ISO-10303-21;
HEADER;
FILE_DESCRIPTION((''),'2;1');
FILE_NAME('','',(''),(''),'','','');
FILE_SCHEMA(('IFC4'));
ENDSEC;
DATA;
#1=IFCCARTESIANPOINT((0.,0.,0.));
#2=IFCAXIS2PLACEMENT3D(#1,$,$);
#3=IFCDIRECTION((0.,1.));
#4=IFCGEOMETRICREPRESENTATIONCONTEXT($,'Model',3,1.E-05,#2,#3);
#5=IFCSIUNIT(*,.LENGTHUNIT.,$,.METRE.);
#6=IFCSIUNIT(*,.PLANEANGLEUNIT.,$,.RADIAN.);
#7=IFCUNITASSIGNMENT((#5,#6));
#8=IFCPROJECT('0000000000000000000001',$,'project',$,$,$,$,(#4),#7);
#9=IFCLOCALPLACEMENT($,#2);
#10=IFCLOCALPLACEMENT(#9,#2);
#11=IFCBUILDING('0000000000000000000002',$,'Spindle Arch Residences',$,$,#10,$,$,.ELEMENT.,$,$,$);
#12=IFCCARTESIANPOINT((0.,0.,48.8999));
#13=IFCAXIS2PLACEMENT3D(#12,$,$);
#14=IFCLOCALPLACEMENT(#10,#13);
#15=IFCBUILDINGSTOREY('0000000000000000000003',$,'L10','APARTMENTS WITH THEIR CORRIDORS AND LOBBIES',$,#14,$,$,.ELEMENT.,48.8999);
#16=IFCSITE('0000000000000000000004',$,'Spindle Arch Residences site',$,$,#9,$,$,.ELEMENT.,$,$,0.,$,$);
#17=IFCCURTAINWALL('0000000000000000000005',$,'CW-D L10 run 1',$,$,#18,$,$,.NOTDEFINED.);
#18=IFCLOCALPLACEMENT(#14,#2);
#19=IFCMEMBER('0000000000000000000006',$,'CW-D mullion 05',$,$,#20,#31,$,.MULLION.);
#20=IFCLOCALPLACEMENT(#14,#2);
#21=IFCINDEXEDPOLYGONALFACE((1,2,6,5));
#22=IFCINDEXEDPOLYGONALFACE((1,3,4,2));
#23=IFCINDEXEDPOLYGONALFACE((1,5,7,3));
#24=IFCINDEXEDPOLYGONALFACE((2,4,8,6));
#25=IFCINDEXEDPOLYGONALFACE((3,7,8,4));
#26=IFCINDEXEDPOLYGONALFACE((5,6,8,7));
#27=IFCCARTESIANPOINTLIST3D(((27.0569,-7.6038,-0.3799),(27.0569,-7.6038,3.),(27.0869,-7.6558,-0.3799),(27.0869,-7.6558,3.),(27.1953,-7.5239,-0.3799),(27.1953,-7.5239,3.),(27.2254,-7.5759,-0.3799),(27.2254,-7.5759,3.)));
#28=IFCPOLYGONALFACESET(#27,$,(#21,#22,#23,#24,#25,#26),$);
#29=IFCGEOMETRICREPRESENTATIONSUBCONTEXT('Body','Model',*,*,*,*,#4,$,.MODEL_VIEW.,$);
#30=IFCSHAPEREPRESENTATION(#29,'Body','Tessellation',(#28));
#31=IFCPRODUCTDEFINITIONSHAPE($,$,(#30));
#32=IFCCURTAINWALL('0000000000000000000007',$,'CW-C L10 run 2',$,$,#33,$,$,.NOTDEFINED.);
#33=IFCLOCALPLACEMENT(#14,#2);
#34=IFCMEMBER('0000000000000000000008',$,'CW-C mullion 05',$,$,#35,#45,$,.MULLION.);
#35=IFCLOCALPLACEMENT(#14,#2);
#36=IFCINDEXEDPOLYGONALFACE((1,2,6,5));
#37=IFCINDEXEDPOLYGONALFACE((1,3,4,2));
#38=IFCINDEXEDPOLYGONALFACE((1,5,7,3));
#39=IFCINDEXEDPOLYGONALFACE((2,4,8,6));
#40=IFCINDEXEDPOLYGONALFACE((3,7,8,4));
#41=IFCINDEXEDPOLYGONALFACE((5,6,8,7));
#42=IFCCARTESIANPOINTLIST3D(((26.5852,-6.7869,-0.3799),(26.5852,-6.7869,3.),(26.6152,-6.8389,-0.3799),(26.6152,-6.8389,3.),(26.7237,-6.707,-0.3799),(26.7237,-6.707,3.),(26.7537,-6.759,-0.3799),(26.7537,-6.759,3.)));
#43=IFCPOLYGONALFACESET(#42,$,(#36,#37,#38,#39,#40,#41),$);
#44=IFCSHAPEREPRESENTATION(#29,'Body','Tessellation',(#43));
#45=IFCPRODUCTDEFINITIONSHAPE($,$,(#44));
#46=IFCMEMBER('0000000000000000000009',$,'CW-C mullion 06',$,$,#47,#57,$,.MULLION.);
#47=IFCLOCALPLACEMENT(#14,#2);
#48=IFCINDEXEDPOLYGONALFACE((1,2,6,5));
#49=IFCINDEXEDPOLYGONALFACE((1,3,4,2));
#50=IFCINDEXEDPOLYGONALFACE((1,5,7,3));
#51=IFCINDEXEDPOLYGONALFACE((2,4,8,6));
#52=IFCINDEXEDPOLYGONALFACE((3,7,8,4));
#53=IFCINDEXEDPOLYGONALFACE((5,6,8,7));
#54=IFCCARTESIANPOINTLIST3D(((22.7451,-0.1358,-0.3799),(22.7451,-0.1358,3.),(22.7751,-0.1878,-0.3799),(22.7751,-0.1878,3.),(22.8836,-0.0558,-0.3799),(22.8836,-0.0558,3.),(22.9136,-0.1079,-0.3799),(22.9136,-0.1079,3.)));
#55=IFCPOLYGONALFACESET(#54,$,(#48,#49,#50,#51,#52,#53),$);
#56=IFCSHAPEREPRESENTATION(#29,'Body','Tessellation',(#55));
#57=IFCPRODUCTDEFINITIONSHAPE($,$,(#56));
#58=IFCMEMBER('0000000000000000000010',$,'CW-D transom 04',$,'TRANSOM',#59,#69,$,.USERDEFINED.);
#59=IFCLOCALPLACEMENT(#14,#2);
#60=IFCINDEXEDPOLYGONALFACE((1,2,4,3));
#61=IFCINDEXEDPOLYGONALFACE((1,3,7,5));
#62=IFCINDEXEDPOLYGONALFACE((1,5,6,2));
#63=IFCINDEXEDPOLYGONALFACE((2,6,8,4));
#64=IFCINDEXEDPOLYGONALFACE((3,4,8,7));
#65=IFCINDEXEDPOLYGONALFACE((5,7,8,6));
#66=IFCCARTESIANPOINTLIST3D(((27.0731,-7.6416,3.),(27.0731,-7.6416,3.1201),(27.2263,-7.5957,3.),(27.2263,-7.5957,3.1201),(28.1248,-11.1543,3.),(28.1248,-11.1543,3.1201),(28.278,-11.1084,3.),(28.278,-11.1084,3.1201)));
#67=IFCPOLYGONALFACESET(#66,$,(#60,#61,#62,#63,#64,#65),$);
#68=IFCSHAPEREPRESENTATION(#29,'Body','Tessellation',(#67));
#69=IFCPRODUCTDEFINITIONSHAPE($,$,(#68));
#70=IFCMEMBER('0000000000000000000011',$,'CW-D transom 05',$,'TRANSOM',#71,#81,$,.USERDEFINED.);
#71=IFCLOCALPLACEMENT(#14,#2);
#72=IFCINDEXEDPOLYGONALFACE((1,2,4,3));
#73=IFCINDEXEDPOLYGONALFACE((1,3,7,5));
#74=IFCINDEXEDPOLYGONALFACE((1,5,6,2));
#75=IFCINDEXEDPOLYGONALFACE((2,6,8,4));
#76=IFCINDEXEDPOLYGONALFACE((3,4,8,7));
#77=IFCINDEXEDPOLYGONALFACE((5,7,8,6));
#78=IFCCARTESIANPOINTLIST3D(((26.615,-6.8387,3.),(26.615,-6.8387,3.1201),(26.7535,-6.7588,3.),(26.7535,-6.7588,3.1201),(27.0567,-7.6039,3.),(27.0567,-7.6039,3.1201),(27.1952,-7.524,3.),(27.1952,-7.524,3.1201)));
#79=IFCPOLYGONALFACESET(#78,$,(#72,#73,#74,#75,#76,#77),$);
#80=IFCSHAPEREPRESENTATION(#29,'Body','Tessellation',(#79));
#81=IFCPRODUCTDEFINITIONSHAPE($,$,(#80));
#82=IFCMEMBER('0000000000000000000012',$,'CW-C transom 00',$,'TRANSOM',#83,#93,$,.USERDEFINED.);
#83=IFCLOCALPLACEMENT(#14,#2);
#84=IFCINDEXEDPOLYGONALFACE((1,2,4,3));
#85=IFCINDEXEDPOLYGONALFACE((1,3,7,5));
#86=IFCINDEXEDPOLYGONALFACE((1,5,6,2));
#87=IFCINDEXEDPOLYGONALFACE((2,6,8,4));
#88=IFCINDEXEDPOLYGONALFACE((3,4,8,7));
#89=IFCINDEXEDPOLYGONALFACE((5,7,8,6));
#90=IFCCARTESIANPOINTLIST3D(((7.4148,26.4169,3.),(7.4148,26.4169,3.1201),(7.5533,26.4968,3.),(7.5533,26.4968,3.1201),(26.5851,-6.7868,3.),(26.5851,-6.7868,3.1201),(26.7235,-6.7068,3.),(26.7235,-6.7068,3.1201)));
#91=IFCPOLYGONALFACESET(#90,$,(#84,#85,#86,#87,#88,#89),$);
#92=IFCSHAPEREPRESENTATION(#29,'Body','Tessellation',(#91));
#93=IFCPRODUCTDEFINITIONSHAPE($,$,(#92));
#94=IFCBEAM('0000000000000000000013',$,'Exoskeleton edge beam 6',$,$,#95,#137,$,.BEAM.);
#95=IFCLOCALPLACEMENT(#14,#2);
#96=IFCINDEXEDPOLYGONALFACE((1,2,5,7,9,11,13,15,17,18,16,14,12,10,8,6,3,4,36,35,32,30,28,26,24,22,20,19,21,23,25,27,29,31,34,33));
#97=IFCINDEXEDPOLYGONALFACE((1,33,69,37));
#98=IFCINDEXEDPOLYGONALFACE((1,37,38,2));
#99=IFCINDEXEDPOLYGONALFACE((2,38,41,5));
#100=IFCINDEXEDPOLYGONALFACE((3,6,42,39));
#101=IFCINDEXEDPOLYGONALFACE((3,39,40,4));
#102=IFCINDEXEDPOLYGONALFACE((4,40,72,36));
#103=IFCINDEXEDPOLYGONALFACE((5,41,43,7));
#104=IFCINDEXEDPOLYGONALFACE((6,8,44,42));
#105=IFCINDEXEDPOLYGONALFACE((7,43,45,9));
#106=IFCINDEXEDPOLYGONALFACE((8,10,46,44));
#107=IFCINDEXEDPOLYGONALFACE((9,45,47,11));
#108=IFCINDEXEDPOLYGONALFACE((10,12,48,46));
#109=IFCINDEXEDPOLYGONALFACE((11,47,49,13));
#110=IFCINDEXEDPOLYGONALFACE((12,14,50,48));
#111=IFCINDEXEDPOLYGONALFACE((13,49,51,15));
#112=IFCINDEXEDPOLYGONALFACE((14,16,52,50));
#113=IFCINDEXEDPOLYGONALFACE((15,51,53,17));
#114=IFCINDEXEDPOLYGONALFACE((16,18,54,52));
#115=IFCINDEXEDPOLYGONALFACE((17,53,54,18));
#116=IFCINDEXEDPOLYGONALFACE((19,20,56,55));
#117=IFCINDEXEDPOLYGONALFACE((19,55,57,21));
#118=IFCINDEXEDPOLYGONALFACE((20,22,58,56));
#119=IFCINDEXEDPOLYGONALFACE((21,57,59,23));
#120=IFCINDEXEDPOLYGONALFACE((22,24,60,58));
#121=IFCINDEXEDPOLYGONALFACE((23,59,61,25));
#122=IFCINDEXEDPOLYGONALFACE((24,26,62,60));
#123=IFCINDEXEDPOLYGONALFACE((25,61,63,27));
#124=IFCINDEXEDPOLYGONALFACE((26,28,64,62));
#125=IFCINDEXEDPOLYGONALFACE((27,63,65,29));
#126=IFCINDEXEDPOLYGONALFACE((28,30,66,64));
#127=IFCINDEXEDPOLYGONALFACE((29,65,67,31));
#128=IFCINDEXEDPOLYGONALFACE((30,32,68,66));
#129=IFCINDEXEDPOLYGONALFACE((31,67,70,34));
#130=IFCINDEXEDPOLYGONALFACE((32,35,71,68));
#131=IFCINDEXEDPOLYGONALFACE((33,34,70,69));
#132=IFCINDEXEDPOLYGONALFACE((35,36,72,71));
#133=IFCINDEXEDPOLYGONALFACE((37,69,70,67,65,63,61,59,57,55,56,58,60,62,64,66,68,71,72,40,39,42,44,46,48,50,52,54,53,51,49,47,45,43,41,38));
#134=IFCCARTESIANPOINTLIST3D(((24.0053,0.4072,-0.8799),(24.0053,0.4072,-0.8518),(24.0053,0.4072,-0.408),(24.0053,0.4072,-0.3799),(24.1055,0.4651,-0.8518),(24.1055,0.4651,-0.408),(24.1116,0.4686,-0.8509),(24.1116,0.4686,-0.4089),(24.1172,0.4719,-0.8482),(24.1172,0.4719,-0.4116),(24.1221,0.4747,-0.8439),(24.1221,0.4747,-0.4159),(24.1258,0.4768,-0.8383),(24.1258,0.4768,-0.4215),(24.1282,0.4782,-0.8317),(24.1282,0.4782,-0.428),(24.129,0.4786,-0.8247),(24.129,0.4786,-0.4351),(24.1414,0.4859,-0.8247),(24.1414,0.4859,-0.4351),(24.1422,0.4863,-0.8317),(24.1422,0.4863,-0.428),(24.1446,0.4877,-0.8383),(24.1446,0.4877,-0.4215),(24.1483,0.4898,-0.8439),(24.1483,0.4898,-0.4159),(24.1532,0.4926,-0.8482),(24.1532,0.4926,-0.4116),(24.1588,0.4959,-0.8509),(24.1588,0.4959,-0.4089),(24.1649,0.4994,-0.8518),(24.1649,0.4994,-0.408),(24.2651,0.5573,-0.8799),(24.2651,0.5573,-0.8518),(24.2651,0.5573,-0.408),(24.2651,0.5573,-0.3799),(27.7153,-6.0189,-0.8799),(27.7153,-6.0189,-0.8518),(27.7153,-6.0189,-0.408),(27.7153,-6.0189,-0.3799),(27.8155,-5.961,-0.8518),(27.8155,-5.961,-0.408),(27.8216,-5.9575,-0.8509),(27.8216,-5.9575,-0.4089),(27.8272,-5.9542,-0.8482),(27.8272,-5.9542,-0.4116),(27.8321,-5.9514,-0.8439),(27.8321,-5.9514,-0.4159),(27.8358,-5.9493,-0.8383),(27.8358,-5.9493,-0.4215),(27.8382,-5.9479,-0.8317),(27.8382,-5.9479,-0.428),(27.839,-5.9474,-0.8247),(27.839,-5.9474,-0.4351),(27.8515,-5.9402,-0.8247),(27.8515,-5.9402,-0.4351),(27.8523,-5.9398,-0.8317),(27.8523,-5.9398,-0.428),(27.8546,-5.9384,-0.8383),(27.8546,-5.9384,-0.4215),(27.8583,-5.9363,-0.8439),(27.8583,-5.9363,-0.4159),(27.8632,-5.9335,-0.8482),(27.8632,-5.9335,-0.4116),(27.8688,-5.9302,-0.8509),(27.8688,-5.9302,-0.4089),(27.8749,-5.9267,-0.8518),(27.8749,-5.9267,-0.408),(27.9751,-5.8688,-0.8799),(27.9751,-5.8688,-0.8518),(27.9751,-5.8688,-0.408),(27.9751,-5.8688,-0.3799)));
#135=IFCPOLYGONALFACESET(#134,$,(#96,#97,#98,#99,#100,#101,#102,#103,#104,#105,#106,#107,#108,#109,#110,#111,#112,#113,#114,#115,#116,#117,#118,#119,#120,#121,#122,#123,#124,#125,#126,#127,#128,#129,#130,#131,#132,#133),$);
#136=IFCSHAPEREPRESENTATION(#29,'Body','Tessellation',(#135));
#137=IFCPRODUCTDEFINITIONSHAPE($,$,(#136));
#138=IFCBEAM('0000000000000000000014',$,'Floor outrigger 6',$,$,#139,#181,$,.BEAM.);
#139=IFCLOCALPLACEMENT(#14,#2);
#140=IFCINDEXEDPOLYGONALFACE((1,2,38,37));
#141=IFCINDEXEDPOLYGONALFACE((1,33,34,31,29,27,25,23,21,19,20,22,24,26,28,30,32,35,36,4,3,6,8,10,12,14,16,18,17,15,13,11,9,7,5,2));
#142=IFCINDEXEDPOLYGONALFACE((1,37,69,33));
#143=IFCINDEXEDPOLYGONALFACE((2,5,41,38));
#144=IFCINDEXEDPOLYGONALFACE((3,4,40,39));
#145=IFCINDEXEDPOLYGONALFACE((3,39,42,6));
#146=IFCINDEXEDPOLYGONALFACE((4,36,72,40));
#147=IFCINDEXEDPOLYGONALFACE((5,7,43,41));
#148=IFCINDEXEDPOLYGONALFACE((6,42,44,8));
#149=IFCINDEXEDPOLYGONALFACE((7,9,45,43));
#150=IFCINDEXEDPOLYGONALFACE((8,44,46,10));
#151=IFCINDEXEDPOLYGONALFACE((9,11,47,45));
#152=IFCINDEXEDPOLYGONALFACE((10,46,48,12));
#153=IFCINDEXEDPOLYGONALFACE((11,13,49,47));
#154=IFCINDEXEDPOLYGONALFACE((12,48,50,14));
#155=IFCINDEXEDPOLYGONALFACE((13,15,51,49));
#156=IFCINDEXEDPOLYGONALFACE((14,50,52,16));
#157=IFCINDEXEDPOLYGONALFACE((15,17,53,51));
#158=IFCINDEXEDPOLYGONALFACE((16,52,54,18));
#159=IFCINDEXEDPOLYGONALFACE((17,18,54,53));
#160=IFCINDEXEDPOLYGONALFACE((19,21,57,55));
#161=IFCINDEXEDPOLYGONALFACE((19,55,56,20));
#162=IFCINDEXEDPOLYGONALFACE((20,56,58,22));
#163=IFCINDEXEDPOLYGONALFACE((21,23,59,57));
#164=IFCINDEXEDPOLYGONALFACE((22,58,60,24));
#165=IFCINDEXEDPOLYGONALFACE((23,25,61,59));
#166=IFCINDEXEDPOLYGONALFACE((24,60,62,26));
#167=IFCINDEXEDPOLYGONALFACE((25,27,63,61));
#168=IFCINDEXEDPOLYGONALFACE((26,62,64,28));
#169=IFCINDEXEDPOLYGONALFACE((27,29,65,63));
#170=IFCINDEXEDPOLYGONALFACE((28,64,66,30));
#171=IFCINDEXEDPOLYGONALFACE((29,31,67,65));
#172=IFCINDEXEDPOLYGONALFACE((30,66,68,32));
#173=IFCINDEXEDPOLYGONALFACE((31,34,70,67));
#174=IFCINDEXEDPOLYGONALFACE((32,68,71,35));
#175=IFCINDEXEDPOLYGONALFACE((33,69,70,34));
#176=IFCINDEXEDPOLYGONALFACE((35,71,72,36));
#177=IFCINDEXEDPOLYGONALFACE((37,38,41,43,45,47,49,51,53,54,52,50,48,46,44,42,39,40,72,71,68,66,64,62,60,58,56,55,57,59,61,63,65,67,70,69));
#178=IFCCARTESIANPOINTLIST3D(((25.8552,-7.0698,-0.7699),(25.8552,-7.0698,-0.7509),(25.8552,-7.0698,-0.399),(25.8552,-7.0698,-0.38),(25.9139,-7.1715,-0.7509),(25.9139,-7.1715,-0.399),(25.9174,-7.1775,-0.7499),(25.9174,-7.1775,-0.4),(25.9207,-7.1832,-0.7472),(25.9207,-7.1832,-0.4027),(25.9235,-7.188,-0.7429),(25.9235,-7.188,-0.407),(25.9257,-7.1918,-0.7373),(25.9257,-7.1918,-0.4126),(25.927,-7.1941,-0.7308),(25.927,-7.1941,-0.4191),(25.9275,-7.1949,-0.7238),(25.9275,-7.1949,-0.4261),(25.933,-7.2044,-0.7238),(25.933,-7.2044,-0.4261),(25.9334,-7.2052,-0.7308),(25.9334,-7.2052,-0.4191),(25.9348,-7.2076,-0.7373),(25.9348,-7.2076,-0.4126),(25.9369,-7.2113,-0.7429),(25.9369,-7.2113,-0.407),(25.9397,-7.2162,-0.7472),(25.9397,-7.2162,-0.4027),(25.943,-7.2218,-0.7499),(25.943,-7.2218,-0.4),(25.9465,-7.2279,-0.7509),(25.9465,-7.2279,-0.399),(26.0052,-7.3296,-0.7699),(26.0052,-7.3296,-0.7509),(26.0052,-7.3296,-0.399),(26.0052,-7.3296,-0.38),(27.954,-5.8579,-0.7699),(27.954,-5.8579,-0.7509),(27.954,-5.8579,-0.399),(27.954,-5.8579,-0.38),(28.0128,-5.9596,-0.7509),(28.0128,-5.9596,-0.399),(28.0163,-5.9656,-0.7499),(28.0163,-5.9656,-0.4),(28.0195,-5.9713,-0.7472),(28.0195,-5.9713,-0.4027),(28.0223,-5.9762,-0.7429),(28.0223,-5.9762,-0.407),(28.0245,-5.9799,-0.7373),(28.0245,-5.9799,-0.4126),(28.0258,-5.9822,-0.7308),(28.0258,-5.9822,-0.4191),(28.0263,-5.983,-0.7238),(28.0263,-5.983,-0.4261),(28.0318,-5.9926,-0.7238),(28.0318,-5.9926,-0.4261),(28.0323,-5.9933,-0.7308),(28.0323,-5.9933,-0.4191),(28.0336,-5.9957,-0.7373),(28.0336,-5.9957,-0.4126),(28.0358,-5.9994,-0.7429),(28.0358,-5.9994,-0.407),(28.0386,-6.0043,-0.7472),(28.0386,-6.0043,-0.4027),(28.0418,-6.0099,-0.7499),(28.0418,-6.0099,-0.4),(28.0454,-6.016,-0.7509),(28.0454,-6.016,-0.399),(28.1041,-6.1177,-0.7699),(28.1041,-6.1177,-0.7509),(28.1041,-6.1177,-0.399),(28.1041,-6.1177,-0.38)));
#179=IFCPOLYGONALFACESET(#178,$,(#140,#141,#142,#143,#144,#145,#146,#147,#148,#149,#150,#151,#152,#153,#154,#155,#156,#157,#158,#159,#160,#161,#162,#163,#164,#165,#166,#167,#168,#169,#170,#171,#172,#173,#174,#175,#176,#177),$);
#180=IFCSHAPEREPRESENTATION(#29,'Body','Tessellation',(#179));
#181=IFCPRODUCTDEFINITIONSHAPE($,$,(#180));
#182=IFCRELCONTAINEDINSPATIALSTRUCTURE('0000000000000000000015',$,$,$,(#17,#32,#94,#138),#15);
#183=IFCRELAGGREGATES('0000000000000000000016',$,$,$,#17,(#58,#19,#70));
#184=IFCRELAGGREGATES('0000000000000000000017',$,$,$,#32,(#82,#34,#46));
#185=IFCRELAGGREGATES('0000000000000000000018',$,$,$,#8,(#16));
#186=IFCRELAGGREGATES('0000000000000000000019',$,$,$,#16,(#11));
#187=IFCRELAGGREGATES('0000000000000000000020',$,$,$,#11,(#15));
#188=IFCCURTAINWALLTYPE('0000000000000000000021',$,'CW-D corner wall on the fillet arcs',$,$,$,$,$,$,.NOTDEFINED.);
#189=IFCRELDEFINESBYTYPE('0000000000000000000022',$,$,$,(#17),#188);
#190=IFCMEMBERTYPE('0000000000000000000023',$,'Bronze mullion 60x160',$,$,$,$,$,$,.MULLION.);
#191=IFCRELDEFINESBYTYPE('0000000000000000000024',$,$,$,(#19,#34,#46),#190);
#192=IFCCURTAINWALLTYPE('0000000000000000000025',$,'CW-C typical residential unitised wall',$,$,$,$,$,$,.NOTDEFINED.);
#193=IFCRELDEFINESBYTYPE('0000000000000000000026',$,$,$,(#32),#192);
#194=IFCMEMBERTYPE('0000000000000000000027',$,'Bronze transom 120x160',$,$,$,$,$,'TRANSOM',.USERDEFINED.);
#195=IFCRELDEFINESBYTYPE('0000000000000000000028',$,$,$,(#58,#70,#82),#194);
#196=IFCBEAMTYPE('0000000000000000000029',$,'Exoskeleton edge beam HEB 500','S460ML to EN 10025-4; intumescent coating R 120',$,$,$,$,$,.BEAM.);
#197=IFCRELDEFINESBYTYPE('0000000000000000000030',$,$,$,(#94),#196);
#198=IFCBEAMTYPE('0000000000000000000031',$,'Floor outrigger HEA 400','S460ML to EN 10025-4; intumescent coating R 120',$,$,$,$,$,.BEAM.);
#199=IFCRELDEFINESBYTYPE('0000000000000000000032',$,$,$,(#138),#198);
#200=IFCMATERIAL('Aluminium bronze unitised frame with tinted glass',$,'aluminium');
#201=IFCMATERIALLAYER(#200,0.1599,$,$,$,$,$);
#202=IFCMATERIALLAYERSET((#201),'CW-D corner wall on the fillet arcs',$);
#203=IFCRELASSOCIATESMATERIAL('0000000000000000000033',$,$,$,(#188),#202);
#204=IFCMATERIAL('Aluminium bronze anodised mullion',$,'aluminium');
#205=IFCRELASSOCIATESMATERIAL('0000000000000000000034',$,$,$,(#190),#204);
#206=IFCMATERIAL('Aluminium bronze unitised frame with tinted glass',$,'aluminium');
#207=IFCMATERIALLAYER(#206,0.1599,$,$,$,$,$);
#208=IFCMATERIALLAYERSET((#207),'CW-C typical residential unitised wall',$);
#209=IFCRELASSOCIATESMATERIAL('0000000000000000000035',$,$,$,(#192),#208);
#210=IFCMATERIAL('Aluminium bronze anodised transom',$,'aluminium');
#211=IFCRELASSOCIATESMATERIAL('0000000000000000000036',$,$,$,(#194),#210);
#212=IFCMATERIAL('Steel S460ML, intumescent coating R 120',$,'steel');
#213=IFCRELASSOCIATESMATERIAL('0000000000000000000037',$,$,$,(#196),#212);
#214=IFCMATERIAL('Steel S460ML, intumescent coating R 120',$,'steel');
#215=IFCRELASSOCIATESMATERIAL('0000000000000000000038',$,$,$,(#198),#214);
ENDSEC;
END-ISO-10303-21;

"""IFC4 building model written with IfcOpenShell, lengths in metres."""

from ifc_helpers import new_model, si_unit, direction, frame, origin, origin_2d, place, context, subcontext, project, spatial, rectangle, i_section, extrude, material, layer, layer_set, material_profile, profile_set, type_object, element, aggregate, save


model = new_model("IFC4")

# Units and contexts
model_context = context("Model", 3, precision=1e-05, world=origin(), true_north=direction((0.0, 1.0)))
body_context = subcontext(model_context, "Body", "Model", "MODEL_VIEW")
ifc_project = project(units=[si_unit("LENGTHUNIT", "METRE"), si_unit("PLANEANGLEUNIT", "RADIAN")], contexts=[model_context])

# Site, building, storey
site_placement = place(None, origin())
site = spatial("IfcSite", under=ifc_project, at=site_placement, Name="Spindle Arch Residences site", CompositionType="ELEMENT", RefElevation=0.0)
building_placement = place(site_placement, origin())
building = spatial("IfcBuilding", under=site, at=building_placement, Name="Spindle Arch Residences", CompositionType="ELEMENT")
storey_placement = place(building_placement, frame((0.0, 0.0, 48.8999)))
storey = spatial("IfcBuildingStorey", under=building, at=storey_placement, Name="L10", Description="APARTMENTS WITH THEIR CORRIDORS AND LOBBIES", CompositionType="ELEMENT", Elevation=48.8999)

# Curtain walls, members
ifc_material_1 = material(Name="Aluminium bronze unitised frame with tinted glass", Category="aluminium")
ifc_layer_1 = layer(ifc_material_1, 0.1599)
ifc_layer_set_1 = layer_set([ifc_layer_1], Name="CW-D corner wall on the fillet arcs")
curtain_wall_type_1 = type_object("IfcCurtainWallType", Name="CW-D corner wall on the fillet arcs", PredefinedType="NOTDEFINED", material=ifc_layer_set_1)
curtain_wall_1_placement = place(storey_placement, origin())
curtain_wall_1 = element("IfcCurtainWall", 1, at=curtain_wall_1_placement, inside=storey, type_object=curtain_wall_type_1, Name="CW-D L10 run 1", PredefinedType="NOTDEFINED")
ifc_material_2 = material(Name="Aluminium bronze anodised mullion", Category="aluminium")
ifc_material_profile_1 = material_profile(ifc_material_2, rectangle(XDim=0.1599, YDim=0.0601, at=origin_2d()), Name="MU 60x160")
ifc_profile_set_1 = profile_set([ifc_material_profile_1], Name="Aluminium bronze anodised mullion")
member_type_1 = type_object("IfcMemberType", Name="Bronze mullion 60x160", PredefinedType="MULLION", material=ifc_profile_set_1)
member_1_placement = place(storey_placement, frame((27.1411, -7.5898, -0.3799), z_axis=(0.0, 0.0, 1.0), x_axis=(-0.866025, -0.5, 0.0)))
member_1 = element("IfcMember", 2, at=member_1_placement, type_object=member_type_1, Name="CW-D mullion 05", PredefinedType="MULLION", context=body_context, shape_type="SweptSolid", body=[
    extrude(rectangle(XDim=0.1599, YDim=0.0601, at=origin_2d()), origin(), (0.0, 0.0, 1.0), 3.3799),
])
ifc_material_3 = material(Name="Aluminium bronze unitised frame with tinted glass", Category="aluminium")
ifc_layer_2 = layer(ifc_material_3, 0.1599)
ifc_layer_set_2 = layer_set([ifc_layer_2], Name="CW-C typical residential unitised wall")
curtain_wall_type_2 = type_object("IfcCurtainWallType", Name="CW-C typical residential unitised wall", PredefinedType="NOTDEFINED", material=ifc_layer_set_2)
curtain_wall_2_placement = place(storey_placement, origin())
curtain_wall_2 = element("IfcCurtainWall", 3, at=curtain_wall_2_placement, inside=storey, type_object=curtain_wall_type_2, Name="CW-C L10 run 2", PredefinedType="NOTDEFINED")
member_2_placement = place(storey_placement, frame((26.6694, -6.7729, -0.3799), z_axis=(0.0, 0.0, 1.0), x_axis=(-0.866025, -0.5, 0.0)))
member_2 = element("IfcMember", 4, at=member_2_placement, type_object=member_type_1, Name="CW-C mullion 05", PredefinedType="MULLION", context=body_context, shape_type="SweptSolid", body=[
    extrude(rectangle(XDim=0.1599, YDim=0.0601, at=origin_2d()), origin(), (0.0, 0.0, 1.0), 3.3799),
])
member_3_placement = place(storey_placement, frame((22.8293, -0.1218, -0.3799), z_axis=(0.0, 0.0, 1.0), x_axis=(-0.866025, -0.5, 0.0)))
member_3 = element("IfcMember", 5, at=member_3_placement, type_object=member_type_1, Name="CW-C mullion 06", PredefinedType="MULLION", context=body_context, shape_type="SweptSolid", body=[
    extrude(rectangle(XDim=0.1599, YDim=0.0601, at=origin_2d()), origin(), (0.0, 0.0, 1.0), 3.3799),
])

# Members
ifc_material_4 = material(Name="Aluminium bronze anodised transom", Category="aluminium")
ifc_material_profile_2 = material_profile(ifc_material_4, rectangle(XDim=0.1599, YDim=0.1201, at=origin_2d()), Name="TR 120x160")
ifc_profile_set_2 = profile_set([ifc_material_profile_2], Name="Aluminium bronze anodised transom")
member_type_2 = type_object("IfcMemberType", Name="Bronze transom 120x160", ElementType="TRANSOM", PredefinedType="USERDEFINED", material=ifc_profile_set_2)
member_4_placement = place(storey_placement, frame((28.2014, -11.1313, 3.0601), z_axis=(-0.286835, 0.95798, 0.0), x_axis=(-0.95798, -0.286835, 0.0)))
member_4 = element("IfcMember", 6, at=member_4_placement, type_object=member_type_2, Name="CW-D transom 04", ObjectType="TRANSOM", PredefinedType="USERDEFINED", context=body_context, shape_type="SweptSolid", body=[
    extrude(rectangle(XDim=0.1599, YDim=0.1201, at=origin_2d()), origin(), (0.0, 0.0, 1.0), 3.6667),
])
member_5_placement = place(storey_placement, frame((27.126, -7.564, 3.0601), z_axis=(-0.499914, 0.866075, 0.0), x_axis=(-0.866075, -0.499914, 0.0)))
member_5 = element("IfcMember", 7, at=member_5_placement, type_object=member_type_2, Name="CW-D transom 05", ObjectType="TRANSOM", PredefinedType="USERDEFINED", context=body_context, shape_type="SweptSolid", body=[
    extrude(rectangle(XDim=0.1599, YDim=0.1201, at=origin_2d()), origin(), (0.0, 0.0, 1.0), 0.8835),
])
member_6_placement = place(storey_placement, frame((26.6543, -6.7468, 3.0601), z_axis=(-0.500001, 0.866025, 0.0), x_axis=(-0.866025, -0.500001, 0.0)))
member_6 = element("IfcMember", 8, at=member_6_placement, type_object=member_type_2, Name="CW-C transom 00", ObjectType="TRANSOM", PredefinedType="USERDEFINED", context=body_context, shape_type="SweptSolid", body=[
    extrude(rectangle(XDim=0.1599, YDim=0.1201, at=origin_2d()), origin(), (0.0, 0.0, 1.0), 38.3403),
])

# Beams
ifc_material_5 = material(Name="Steel S460ML, intumescent coating R 120", Category="steel")
ifc_material_profile_3 = material_profile(ifc_material_5, i_section(OverallWidth=0.3, OverallDepth=0.5, WebThickness=0.0144, FlangeThickness=0.0281, FilletRadius=0.0271, at=origin_2d()), Name="HEB 500")
ifc_profile_set_3 = profile_set([ifc_material_profile_3], Name="Steel S460ML, intumescent coating R 120")
beam_type_1 = type_object("IfcBeamType", Name="Exoskeleton edge beam HEB 500", Description="S460ML to EN 10025-4; intumescent coating R 120", PredefinedType="BEAM", material=ifc_profile_set_3)
beam_1_placement = place(storey_placement, frame((27.8452, -5.9438, -0.6299), z_axis=(-0.499989, 0.866032, 0.0), x_axis=(-0.866032, -0.499989, 0.0)))
element("IfcBeam", 9, at=beam_1_placement, inside=storey, type_object=beam_type_1, Name="Exoskeleton edge beam 6", PredefinedType="BEAM", context=body_context, shape_type="SweptSolid", body=[
    extrude(i_section(OverallWidth=0.3, OverallDepth=0.5, WebThickness=0.0144, FlangeThickness=0.0281, FilletRadius=0.0271, at=origin_2d()), origin(), (0.0, 0.0, 1.0), 7.4202),
])
ifc_material_6 = material(Name="Steel S460ML, intumescent coating R 120", Category="steel")
ifc_material_profile_4 = material_profile(ifc_material_6, i_section(OverallWidth=0.3, OverallDepth=0.3899, WebThickness=0.011, FlangeThickness=0.019, FilletRadius=0.0271, at=origin_2d()), Name="HEA 400")
ifc_profile_set_4 = profile_set([ifc_material_profile_4], Name="Steel S460ML, intumescent coating R 120")
beam_type_2 = type_object("IfcBeamType", Name="Floor outrigger HEA 400", Description="S460ML to EN 10025-4; intumescent coating R 120", PredefinedType="BEAM", material=ifc_profile_set_4)
beam_2_placement = place(storey_placement, frame((28.0291, -5.9878, -0.575), z_axis=(-0.866003, -0.500039, 0.0), x_axis=(0.500039, -0.866003, 0.0)))
element("IfcBeam", 10, at=beam_2_placement, inside=storey, type_object=beam_type_2, Name="Floor outrigger 6", PredefinedType="BEAM", context=body_context, shape_type="SweptSolid", body=[
    extrude(i_section(OverallWidth=0.3, OverallDepth=0.3899, WebThickness=0.011, FlangeThickness=0.019, FilletRadius=0.0271, at=origin_2d()), origin(), (0.0, 0.0, 1.0), 2.4236),
])

aggregate(curtain_wall_1, [member_4, member_1, member_5])
aggregate(curtain_wall_2, [member_6, member_2, member_3])

save(model, "model.ifc")
